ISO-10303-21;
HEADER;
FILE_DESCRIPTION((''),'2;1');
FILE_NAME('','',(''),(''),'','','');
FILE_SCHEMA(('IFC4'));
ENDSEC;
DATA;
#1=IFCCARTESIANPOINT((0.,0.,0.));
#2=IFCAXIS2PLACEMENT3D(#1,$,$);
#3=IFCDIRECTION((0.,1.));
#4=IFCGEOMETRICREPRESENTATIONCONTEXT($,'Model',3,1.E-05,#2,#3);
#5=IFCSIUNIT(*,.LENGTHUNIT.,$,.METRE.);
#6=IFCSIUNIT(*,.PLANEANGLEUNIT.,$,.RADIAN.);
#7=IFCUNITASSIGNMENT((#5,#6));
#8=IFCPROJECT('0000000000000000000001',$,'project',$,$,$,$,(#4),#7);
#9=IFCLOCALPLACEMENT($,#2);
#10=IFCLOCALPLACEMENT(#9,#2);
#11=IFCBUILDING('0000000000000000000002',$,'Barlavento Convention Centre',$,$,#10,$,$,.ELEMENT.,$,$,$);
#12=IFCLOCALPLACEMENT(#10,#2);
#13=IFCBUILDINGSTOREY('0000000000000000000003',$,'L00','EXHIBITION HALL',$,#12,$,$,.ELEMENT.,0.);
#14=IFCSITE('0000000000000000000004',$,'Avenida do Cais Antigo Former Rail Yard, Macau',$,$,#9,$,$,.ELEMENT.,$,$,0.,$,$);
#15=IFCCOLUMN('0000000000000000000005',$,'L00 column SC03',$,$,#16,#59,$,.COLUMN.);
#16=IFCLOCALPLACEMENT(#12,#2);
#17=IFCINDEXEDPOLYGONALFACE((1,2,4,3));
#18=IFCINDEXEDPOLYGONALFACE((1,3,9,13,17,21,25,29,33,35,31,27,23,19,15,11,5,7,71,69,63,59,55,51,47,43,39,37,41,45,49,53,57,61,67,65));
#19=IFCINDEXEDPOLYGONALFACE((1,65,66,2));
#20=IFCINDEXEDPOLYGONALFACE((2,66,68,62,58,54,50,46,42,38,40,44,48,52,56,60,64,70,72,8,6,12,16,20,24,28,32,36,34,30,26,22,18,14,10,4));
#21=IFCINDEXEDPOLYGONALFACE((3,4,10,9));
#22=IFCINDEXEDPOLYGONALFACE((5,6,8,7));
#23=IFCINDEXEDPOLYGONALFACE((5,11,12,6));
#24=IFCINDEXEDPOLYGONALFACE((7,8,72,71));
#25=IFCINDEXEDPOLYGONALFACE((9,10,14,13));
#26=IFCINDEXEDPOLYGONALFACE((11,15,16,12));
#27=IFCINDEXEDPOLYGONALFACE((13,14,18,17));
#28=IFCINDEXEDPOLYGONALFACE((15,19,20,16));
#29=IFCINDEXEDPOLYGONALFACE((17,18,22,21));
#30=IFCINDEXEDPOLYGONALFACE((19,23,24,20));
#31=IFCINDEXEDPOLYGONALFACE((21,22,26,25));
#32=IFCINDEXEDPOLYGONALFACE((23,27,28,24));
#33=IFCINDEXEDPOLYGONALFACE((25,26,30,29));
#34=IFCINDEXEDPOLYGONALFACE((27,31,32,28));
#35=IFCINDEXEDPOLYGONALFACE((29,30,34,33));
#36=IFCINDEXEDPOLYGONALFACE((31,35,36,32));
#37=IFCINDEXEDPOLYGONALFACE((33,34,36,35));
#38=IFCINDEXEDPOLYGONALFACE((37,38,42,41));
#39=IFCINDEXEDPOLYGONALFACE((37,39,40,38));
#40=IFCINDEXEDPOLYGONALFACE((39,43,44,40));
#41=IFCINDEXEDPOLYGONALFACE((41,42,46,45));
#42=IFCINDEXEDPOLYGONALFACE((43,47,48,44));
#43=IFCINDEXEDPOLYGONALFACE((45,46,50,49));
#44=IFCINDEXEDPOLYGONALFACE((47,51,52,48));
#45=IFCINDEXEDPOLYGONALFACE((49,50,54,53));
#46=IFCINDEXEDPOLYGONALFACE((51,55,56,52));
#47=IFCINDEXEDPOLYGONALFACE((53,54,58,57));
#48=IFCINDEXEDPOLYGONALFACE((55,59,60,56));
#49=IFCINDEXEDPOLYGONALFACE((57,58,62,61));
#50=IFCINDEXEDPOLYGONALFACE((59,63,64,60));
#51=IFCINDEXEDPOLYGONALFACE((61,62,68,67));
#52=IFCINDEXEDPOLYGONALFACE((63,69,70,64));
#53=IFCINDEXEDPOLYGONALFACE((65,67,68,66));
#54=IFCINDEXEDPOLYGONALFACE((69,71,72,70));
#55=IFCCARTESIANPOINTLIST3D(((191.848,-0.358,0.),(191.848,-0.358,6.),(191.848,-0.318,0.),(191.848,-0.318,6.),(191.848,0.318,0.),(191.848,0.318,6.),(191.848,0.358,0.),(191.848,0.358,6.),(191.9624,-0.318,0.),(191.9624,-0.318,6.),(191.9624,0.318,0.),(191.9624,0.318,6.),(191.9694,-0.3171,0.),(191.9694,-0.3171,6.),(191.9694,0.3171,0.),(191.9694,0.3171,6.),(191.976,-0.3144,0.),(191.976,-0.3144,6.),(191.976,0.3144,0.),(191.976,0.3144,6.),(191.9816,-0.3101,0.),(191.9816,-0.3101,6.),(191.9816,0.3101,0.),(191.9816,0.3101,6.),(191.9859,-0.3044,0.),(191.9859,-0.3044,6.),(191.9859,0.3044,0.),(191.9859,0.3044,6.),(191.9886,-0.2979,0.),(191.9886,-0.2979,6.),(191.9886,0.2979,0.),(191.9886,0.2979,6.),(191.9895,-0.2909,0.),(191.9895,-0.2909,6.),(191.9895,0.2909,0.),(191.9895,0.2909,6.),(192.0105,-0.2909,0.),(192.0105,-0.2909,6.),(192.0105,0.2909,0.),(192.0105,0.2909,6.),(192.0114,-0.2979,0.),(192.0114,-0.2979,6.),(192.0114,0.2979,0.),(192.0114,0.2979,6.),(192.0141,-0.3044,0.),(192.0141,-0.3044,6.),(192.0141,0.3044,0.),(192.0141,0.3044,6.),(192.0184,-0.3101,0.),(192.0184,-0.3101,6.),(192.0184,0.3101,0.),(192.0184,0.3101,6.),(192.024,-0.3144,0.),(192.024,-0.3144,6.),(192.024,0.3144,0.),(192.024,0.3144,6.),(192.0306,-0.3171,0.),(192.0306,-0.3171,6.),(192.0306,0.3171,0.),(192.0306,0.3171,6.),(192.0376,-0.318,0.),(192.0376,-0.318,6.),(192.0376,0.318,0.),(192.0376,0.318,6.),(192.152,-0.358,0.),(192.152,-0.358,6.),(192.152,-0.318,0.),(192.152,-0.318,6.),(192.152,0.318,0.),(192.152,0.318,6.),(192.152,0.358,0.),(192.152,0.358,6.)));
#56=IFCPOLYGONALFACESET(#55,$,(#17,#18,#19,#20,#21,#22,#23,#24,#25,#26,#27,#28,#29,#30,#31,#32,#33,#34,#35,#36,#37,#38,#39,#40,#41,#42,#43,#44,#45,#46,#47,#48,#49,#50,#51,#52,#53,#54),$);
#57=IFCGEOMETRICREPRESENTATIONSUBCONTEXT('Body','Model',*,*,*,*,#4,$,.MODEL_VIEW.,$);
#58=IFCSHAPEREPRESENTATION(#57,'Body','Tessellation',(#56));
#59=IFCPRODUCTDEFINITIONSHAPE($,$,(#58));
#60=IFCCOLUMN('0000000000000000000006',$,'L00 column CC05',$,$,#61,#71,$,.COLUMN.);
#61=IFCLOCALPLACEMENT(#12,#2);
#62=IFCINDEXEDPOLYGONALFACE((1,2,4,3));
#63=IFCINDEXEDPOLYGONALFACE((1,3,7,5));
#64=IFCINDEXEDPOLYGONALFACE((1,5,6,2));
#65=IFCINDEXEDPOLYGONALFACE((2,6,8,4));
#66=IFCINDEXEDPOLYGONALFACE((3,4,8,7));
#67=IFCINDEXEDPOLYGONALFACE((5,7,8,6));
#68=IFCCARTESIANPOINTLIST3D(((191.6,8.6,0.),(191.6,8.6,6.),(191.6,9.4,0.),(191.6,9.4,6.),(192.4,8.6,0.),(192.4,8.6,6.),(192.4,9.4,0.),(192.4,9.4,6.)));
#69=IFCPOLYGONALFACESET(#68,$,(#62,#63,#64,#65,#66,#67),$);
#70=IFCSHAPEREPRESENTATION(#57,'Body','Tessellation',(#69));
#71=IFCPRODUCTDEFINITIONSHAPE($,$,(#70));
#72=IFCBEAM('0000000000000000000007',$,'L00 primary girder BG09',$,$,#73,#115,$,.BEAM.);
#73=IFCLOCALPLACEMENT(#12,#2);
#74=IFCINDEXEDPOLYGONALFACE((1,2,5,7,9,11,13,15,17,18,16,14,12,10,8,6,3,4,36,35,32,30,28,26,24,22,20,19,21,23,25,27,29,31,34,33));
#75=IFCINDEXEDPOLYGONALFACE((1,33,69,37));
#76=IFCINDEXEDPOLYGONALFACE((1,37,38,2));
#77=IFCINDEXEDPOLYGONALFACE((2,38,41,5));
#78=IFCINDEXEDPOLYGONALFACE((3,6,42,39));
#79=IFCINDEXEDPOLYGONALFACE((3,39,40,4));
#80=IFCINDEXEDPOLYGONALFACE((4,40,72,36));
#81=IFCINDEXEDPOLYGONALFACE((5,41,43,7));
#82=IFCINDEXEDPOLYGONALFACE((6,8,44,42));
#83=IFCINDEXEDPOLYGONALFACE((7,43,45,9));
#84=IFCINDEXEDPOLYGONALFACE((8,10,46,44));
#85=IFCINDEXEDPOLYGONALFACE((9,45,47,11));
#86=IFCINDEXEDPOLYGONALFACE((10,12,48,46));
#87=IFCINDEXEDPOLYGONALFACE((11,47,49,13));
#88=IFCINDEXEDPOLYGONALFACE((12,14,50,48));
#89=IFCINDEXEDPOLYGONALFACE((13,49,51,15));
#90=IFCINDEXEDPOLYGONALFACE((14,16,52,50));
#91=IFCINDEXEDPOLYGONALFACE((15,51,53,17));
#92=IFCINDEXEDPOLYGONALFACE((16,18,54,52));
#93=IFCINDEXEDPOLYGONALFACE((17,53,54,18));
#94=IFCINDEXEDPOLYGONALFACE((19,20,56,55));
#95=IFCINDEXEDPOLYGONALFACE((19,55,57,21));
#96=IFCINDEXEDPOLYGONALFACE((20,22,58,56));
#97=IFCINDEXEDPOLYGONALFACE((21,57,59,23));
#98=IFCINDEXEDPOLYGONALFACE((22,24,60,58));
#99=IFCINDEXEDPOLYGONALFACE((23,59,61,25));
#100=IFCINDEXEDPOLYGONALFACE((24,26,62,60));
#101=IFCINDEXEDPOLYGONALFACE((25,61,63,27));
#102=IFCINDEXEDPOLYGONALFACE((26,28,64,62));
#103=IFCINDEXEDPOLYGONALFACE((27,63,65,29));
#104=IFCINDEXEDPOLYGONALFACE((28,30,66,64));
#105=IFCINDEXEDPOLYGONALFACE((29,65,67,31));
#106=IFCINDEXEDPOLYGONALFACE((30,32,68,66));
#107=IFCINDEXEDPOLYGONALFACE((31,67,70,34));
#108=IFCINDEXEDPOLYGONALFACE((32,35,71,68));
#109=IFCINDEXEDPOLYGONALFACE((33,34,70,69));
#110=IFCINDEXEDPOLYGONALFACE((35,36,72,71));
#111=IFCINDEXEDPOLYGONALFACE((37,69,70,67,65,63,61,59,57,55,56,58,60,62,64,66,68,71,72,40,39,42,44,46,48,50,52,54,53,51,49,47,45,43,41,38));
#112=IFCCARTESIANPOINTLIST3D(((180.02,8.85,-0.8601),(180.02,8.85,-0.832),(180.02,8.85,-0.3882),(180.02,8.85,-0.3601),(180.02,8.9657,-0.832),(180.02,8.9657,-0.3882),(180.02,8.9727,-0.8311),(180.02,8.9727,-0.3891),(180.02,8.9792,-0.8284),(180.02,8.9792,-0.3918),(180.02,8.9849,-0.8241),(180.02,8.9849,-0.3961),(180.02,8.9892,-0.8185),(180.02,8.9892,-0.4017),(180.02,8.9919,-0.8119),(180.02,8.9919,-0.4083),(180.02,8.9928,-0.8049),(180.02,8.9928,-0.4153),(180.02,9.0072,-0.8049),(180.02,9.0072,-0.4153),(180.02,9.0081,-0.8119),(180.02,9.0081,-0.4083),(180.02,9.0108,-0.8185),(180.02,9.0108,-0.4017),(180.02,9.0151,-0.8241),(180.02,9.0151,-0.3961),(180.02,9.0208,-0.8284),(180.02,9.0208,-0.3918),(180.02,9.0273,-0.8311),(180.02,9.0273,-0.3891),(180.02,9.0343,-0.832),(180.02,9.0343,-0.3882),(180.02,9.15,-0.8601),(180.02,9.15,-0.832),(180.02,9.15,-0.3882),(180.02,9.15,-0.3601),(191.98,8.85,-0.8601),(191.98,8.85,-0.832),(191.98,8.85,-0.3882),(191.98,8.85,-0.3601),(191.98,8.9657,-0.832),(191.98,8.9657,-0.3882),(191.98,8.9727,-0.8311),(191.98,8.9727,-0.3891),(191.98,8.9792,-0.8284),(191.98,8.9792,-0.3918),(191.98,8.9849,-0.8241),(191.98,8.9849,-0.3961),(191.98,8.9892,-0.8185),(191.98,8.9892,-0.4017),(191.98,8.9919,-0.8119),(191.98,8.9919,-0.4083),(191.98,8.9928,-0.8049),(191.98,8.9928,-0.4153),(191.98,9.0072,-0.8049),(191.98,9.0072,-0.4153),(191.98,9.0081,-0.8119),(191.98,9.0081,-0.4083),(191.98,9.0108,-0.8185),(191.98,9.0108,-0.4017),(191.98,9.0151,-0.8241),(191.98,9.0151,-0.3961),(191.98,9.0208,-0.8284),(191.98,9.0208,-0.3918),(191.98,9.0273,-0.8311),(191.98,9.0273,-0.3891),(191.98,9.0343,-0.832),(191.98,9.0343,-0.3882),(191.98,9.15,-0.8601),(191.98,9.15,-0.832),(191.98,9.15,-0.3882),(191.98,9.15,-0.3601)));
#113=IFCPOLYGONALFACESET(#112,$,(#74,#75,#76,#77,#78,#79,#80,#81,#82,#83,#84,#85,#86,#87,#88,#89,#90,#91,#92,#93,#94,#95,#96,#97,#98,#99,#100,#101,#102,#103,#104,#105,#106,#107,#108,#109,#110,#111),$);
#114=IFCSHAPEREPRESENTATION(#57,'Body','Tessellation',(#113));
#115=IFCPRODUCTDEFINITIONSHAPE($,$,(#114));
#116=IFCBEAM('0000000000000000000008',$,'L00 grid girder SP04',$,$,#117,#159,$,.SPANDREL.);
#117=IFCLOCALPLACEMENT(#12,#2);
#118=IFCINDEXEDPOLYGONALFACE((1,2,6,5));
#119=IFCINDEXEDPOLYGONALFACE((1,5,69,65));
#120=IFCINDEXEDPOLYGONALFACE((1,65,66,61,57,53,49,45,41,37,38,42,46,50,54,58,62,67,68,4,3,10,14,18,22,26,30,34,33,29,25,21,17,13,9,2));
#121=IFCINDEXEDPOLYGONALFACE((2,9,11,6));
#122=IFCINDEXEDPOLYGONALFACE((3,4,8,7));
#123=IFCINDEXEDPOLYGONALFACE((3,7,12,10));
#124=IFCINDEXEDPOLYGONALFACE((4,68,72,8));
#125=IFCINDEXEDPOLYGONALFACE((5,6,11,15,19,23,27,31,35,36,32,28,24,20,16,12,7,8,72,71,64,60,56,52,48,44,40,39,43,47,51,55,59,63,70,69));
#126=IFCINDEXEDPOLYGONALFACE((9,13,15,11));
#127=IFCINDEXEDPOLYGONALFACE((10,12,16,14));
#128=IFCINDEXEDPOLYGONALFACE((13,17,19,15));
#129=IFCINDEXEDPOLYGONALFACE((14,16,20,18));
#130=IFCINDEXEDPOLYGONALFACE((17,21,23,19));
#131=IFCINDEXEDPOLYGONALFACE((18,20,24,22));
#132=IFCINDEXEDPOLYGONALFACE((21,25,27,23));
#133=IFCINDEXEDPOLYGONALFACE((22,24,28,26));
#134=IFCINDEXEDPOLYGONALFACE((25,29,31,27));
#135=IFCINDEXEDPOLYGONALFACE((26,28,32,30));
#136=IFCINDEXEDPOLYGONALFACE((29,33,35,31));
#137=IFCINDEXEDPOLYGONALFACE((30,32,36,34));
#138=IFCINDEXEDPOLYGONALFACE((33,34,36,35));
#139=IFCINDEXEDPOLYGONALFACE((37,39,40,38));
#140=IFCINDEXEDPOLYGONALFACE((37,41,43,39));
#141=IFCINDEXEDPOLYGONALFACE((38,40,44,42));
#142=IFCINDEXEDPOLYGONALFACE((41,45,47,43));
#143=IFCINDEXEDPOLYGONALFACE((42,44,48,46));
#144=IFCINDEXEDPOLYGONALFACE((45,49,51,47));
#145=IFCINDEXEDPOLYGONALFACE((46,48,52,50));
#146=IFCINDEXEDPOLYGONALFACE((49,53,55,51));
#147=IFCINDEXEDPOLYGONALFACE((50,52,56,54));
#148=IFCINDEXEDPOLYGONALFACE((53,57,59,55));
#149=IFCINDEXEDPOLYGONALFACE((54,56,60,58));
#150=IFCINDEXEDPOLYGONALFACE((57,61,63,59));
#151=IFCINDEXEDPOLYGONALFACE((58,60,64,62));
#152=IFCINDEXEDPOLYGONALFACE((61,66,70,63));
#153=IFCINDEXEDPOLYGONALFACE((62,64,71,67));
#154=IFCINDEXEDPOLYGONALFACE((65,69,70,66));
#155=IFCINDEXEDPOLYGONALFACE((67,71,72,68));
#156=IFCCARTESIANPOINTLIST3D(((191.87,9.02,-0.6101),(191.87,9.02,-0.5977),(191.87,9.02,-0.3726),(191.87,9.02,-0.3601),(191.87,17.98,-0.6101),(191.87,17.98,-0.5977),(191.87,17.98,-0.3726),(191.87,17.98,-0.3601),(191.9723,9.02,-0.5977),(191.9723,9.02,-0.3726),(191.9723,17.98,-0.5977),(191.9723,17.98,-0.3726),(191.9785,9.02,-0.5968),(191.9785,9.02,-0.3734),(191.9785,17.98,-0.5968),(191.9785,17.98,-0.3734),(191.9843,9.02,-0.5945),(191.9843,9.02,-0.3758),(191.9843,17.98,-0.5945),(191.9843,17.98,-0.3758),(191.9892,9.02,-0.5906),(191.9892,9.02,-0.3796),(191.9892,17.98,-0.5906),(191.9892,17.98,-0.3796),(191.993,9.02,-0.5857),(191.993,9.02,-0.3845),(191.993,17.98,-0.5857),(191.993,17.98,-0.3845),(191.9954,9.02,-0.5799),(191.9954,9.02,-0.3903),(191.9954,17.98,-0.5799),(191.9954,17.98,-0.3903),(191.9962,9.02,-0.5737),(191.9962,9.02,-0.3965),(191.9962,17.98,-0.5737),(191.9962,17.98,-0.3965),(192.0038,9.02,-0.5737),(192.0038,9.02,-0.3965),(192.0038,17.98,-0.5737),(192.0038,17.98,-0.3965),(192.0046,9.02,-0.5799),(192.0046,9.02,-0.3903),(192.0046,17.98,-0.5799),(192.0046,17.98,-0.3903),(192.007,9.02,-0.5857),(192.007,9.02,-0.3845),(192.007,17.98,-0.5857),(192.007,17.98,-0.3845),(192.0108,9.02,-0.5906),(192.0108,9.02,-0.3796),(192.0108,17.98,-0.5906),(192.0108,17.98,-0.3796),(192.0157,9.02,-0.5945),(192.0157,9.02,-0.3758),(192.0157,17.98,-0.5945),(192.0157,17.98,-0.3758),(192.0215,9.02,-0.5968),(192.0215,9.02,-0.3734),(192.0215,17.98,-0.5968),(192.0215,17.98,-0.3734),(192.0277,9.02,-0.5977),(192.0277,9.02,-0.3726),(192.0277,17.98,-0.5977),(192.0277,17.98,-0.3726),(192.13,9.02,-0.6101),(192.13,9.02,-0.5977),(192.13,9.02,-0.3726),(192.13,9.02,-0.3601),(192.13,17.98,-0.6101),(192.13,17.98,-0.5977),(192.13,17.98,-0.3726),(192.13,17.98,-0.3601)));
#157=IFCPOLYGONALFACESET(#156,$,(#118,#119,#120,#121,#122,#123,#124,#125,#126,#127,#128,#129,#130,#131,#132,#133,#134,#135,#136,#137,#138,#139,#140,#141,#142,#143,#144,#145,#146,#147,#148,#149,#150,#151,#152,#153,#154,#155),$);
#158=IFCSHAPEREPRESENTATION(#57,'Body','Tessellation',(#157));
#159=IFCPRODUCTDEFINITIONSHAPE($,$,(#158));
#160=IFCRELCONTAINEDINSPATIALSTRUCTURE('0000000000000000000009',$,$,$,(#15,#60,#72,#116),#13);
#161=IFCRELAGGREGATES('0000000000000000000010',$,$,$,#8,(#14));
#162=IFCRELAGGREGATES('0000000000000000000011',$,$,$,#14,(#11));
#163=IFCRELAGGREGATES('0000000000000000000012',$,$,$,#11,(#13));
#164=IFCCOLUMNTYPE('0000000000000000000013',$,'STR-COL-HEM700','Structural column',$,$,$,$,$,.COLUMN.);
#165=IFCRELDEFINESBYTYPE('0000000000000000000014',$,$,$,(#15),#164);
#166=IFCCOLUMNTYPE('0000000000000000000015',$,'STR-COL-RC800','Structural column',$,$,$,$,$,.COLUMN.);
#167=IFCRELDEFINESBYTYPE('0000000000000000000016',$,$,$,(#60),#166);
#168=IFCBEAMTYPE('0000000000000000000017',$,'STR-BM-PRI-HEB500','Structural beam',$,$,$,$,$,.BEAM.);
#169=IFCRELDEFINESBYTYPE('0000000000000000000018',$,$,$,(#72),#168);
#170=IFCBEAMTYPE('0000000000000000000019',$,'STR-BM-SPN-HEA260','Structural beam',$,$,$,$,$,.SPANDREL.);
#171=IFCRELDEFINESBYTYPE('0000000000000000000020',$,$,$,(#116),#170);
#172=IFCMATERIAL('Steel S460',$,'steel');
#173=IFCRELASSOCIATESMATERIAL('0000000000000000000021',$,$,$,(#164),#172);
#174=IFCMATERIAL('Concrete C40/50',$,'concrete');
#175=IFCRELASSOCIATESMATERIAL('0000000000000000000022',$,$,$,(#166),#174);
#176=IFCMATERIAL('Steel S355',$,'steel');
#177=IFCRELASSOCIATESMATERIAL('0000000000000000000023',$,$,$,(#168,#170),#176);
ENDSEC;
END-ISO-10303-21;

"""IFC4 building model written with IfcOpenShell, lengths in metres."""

from ifc_helpers import new_model, si_unit, direction, frame, origin, origin_2d, place, context, subcontext, project, spatial, rectangle, i_section, extrude, material, material_profile, profile_set, type_object, element, save


model = new_model("IFC4")

# Units and contexts
model_context = context("Model", 3, precision=1e-05, world=origin(), true_north=direction((0.0, 1.0)))
body_context = subcontext(model_context, "Body", "Model", "MODEL_VIEW")
ifc_project = project(units=[si_unit("LENGTHUNIT", "METRE"), si_unit("PLANEANGLEUNIT", "RADIAN")], contexts=[model_context])

# Site, building, storey
site_placement = place(None, origin())
site = spatial("IfcSite", under=ifc_project, at=site_placement, Name="Avenida do Cais Antigo Former Rail Yard, Macau", CompositionType="ELEMENT", RefElevation=0.0)
building_placement = place(site_placement, origin())
building = spatial("IfcBuilding", under=site, at=building_placement, Name="Barlavento Convention Centre", CompositionType="ELEMENT")
storey_placement = place(building_placement, origin())
storey = spatial("IfcBuildingStorey", under=building, at=storey_placement, Name="L00", Description="EXHIBITION HALL", CompositionType="ELEMENT", Elevation=0.0)

# Columns
ifc_material_1 = material(Name="Steel S460", Category="steel")
ifc_material_profile_1 = material_profile(ifc_material_1, i_section(OverallWidth=0.304, OverallDepth=0.7161, WebThickness=0.021, FlangeThickness=0.04, FilletRadius=0.0271, at=origin_2d()), Name="HEM 700")
ifc_profile_set_1 = profile_set([ifc_material_profile_1], Name="Steel S460")
column_type_1 = type_object("IfcColumnType", Name="STR-COL-HEM700", Description="Structural column", PredefinedType="COLUMN", material=ifc_profile_set_1)
column_1_placement = place(storey_placement, frame((192.0, 0.0, 0.0), z_axis=(0.0, 0.0, 1.0), x_axis=(1.0, 0.0, 0.0)))
element("IfcColumn", 1, at=column_1_placement, inside=storey, type_object=column_type_1, Name="L00 column SC03", PredefinedType="COLUMN", context=body_context, shape_type="SweptSolid", body=[
    extrude(i_section(OverallWidth=0.304, OverallDepth=0.7161, WebThickness=0.021, FlangeThickness=0.04, FilletRadius=0.0271, at=origin_2d()), origin(), (0.0, 0.0, 1.0), 6.0),
])
ifc_material_2 = material(Name="Concrete C40/50", Category="concrete")
ifc_material_profile_2 = material_profile(ifc_material_2, rectangle(XDim=0.8, YDim=0.8, at=origin_2d()), Name="RC 800x800")
ifc_profile_set_2 = profile_set([ifc_material_profile_2], Name="Concrete C40/50")
column_type_2 = type_object("IfcColumnType", Name="STR-COL-RC800", Description="Structural column", PredefinedType="COLUMN", material=ifc_profile_set_2)
column_2_placement = place(storey_placement, frame((192.0, 9.0, 0.0), z_axis=(0.0, 0.0, 1.0), x_axis=(1.0, 0.0, 0.0)))
element("IfcColumn", 2, at=column_2_placement, inside=storey, type_object=column_type_2, Name="L00 column CC05", PredefinedType="COLUMN", context=body_context, shape_type="SweptSolid", body=[
    extrude(rectangle(XDim=0.8, YDim=0.8, at=origin_2d()), origin(), (0.0, 0.0, 1.0), 6.0),
])

# Beams
ifc_material_3 = material(Name="Steel S355", Category="steel")
ifc_material_profile_3 = material_profile(ifc_material_3, i_section(OverallWidth=0.3, OverallDepth=0.5, WebThickness=0.0144, FlangeThickness=0.0281, FilletRadius=0.0271, at=origin_2d()), Name="HEB 500")
ifc_profile_set_3 = profile_set([ifc_material_profile_3], Name="Steel S355")
beam_type_1 = type_object("IfcBeamType", Name="STR-BM-PRI-HEB500", Description="Structural beam", PredefinedType="BEAM", material=ifc_profile_set_3)
beam_1_placement = place(storey_placement, frame((180.02, 9.0, -0.6101), z_axis=(1.0, 0.0, 0.0), x_axis=(0.0, 1.0, 0.0)))
element("IfcBeam", 3, at=beam_1_placement, inside=storey, type_object=beam_type_1, Name="L00 primary girder BG09", PredefinedType="BEAM", context=body_context, shape_type="SweptSolid", body=[
    extrude(i_section(OverallWidth=0.3, OverallDepth=0.5, WebThickness=0.0144, FlangeThickness=0.0281, FilletRadius=0.0271, at=origin_2d()), origin(), (0.0, 0.0, 1.0), 11.96),
])
ifc_material_profile_4 = material_profile(ifc_material_3, i_section(OverallWidth=0.26, OverallDepth=0.25, WebThickness=0.0076, FlangeThickness=0.0125, FilletRadius=0.0239, at=origin_2d()), Name="HEA 260")
ifc_profile_set_4 = profile_set([ifc_material_profile_4], Name="Steel S355")
beam_type_2 = type_object("IfcBeamType", Name="STR-BM-SPN-HEA260", Description="Structural beam", PredefinedType="SPANDREL", material=ifc_profile_set_4)
beam_2_placement = place(storey_placement, frame((192.0, 9.02, -0.4851), z_axis=(0.0, 1.0, 0.0), x_axis=(-1.0, 0.0, 0.0)))
element("IfcBeam", 4, at=beam_2_placement, inside=storey, type_object=beam_type_2, Name="L00 grid girder SP04", PredefinedType="SPANDREL", context=body_context, shape_type="SweptSolid", body=[
    extrude(i_section(OverallWidth=0.26, OverallDepth=0.25, WebThickness=0.0076, FlangeThickness=0.0125, FilletRadius=0.0239, at=origin_2d()), origin(), (0.0, 0.0, 1.0), 8.96),
])

save(model, "model.ifc")
